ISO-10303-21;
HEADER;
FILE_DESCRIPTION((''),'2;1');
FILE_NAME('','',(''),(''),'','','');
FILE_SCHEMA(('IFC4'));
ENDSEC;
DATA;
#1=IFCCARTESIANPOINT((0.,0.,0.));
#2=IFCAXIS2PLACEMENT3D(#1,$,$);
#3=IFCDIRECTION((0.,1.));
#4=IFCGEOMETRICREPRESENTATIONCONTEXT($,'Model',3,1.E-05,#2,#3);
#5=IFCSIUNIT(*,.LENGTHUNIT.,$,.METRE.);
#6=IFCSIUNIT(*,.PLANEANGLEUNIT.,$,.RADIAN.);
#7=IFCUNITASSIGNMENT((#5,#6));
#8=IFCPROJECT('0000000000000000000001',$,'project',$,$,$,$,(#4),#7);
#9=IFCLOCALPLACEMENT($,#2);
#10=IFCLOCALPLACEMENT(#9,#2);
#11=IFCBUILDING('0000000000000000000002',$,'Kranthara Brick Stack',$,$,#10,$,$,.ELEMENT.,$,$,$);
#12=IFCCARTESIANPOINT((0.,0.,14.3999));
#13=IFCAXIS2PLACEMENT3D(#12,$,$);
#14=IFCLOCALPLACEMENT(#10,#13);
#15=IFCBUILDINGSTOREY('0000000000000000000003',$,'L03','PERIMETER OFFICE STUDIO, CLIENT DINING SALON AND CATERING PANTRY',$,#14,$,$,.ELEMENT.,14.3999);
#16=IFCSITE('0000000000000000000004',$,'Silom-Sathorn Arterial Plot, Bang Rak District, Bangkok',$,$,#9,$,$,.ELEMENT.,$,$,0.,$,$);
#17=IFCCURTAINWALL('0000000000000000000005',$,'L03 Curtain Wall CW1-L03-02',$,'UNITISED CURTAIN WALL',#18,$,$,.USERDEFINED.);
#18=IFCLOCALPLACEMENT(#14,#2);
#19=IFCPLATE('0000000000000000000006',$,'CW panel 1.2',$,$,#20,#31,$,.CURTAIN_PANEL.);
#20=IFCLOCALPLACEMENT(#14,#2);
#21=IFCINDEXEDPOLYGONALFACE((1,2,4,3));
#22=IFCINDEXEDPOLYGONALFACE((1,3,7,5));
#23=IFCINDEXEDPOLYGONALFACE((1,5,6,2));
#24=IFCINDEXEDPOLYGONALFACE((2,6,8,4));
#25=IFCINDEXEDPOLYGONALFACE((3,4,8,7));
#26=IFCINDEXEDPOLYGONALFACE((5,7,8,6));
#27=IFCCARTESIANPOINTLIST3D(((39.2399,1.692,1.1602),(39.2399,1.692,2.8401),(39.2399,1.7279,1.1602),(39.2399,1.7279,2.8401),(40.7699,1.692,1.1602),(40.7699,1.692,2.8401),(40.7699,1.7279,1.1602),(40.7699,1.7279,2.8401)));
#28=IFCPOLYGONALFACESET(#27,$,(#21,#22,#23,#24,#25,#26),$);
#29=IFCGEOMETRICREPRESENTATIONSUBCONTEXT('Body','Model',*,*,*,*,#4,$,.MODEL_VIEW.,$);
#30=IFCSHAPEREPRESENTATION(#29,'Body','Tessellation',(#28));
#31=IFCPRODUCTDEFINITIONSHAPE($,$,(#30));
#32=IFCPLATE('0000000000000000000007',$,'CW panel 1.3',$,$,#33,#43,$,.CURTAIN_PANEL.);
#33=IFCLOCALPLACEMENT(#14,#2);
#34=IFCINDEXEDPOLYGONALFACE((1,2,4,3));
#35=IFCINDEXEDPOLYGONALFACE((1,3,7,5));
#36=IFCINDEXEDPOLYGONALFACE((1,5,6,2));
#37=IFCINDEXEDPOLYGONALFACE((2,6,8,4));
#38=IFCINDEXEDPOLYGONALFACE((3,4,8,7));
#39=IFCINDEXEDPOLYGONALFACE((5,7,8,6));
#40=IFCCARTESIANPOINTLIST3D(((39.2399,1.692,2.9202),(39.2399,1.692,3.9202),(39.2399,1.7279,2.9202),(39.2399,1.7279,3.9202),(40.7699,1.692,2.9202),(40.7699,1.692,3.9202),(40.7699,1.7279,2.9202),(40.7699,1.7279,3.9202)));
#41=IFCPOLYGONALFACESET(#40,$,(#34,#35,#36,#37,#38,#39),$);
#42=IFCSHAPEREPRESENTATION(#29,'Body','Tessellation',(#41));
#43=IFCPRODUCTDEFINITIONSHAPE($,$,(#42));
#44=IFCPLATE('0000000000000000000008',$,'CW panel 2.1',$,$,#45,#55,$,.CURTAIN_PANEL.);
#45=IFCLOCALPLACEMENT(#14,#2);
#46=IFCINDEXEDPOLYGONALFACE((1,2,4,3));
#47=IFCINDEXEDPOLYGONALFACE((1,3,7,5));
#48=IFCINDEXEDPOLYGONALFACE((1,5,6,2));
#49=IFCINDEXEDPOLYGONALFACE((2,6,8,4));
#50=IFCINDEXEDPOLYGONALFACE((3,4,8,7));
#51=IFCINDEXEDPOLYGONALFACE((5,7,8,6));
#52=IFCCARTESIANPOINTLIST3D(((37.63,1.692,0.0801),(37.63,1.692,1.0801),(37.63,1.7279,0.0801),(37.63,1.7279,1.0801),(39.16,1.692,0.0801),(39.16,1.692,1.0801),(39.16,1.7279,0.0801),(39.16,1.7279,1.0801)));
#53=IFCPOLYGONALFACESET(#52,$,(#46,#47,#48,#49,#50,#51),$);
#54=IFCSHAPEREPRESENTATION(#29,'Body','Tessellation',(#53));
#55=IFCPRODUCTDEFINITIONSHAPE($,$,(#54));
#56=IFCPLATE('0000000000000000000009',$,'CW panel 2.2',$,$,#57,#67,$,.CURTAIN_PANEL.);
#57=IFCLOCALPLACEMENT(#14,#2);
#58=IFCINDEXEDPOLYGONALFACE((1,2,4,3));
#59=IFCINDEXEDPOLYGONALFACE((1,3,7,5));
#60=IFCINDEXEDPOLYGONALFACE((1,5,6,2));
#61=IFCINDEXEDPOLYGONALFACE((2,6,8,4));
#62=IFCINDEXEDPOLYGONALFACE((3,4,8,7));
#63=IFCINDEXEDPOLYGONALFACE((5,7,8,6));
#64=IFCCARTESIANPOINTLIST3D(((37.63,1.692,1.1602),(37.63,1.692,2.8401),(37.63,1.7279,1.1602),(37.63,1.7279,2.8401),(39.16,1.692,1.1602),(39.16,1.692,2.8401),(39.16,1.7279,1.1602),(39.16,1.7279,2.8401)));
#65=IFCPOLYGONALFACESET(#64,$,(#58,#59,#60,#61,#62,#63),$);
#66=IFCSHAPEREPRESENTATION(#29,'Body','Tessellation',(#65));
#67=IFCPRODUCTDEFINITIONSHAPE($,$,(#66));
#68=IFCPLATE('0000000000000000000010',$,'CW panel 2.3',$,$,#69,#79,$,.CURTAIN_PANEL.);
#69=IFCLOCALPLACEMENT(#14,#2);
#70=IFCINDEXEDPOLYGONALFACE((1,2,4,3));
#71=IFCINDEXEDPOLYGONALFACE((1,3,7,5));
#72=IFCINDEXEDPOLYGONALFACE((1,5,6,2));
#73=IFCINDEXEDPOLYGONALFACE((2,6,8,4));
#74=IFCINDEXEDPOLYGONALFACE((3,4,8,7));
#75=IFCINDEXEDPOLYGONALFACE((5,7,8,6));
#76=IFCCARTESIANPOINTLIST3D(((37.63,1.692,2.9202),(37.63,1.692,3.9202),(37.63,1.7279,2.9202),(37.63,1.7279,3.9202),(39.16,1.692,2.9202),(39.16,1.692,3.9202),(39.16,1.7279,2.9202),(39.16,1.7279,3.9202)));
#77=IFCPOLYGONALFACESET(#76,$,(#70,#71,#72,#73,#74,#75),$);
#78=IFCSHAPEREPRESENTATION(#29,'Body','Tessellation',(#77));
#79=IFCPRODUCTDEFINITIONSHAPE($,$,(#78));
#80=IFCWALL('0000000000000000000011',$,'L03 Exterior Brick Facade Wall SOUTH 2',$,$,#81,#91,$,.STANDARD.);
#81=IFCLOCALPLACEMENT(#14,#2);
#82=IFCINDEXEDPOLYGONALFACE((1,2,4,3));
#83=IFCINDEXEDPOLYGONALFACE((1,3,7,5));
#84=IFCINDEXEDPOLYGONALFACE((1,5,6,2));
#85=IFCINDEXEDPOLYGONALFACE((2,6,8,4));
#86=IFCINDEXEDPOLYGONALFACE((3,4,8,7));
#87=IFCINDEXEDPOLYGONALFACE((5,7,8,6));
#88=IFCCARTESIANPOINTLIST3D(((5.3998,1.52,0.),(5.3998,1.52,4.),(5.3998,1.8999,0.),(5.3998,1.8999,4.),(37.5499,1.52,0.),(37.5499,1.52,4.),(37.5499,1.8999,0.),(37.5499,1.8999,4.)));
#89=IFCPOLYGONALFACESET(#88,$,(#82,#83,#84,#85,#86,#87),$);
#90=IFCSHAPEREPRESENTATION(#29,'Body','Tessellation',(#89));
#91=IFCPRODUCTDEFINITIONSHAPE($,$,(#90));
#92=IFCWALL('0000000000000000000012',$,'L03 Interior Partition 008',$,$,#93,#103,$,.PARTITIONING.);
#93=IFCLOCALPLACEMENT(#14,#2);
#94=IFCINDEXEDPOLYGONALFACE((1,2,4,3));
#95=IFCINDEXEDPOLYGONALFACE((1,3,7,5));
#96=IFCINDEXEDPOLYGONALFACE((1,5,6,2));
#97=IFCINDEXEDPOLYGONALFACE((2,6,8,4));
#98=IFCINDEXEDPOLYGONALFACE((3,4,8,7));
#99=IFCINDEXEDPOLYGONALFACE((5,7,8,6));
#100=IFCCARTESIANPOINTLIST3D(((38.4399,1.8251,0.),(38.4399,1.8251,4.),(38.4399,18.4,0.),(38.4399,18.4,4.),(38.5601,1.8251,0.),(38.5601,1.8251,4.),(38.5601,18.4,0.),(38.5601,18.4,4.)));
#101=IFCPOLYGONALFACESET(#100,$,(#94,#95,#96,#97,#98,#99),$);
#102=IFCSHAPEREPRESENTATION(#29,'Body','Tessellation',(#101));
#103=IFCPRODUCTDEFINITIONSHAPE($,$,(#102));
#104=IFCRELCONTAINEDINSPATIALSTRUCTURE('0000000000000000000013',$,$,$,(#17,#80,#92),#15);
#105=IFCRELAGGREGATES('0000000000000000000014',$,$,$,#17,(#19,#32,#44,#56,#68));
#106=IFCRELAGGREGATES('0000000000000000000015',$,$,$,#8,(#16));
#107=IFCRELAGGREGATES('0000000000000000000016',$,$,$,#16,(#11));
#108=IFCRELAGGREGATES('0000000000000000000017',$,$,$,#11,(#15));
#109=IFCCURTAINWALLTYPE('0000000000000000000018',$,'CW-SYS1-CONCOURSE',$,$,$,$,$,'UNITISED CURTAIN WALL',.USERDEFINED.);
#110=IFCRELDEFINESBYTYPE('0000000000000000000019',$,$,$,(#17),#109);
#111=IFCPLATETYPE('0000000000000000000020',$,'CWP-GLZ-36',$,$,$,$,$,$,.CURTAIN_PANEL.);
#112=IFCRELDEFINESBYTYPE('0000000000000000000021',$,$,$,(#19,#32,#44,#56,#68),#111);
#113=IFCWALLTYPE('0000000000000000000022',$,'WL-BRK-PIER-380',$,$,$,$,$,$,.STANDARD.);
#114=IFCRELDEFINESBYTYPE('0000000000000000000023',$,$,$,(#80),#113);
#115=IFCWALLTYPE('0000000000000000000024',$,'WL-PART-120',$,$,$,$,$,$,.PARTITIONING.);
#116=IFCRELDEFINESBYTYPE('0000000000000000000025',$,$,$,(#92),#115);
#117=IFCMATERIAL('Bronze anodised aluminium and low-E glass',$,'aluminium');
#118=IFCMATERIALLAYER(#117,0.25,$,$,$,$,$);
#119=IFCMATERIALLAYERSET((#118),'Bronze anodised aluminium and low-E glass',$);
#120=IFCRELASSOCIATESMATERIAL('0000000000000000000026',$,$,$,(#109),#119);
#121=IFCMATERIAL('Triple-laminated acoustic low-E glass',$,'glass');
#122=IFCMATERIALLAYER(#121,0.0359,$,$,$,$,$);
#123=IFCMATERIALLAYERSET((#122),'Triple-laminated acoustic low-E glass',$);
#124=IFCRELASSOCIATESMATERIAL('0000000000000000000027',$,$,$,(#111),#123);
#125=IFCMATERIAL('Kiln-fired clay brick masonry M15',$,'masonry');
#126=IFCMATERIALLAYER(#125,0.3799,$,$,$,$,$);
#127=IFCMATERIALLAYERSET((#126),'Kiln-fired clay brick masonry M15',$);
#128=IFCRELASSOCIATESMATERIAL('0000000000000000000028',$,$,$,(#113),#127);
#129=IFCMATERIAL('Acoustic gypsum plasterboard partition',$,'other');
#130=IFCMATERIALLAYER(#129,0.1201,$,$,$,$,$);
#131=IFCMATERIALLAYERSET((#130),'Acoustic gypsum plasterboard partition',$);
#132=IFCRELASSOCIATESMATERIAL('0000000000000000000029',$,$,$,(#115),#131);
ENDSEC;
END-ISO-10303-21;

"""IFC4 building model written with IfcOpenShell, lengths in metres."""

from ifc_helpers import new_model, si_unit, direction, frame, frame_2d, origin, origin_2d, place, context, subcontext, project, spatial, rectangle, extrude, material, layer, layer_set, type_object, element, aggregate, save


model = new_model("IFC4")

# Units and contexts
model_context = context("Model", 3, precision=1e-05, world=origin(), true_north=direction((0.0, 1.0)))
body_context = subcontext(model_context, "Body", "Model", "MODEL_VIEW")
ifc_project = project(units=[si_unit("LENGTHUNIT", "METRE"), si_unit("PLANEANGLEUNIT", "RADIAN")], contexts=[model_context])

# Site, building, storey
site_placement = place(None, origin())
site = spatial("IfcSite", under=ifc_project, at=site_placement, Name="Silom-Sathorn Arterial Plot, Bang Rak District, Bangkok", CompositionType="ELEMENT", RefElevation=0.0)
building_placement = place(site_placement, origin())
building = spatial("IfcBuilding", under=site, at=building_placement, Name="Kranthara Brick Stack", CompositionType="ELEMENT")
storey_placement = place(building_placement, frame((0.0, 0.0, 14.3999)))
storey = spatial("IfcBuildingStorey", under=building, at=storey_placement, Name="L03", Description="PERIMETER OFFICE STUDIO, CLIENT DINING SALON AND CATERING PANTRY", CompositionType="ELEMENT", Elevation=14.3999)

# Curtain wall, plates
ifc_material_1 = material(Name="Bronze anodised aluminium and low-E glass", Category="aluminium")
ifc_layer_1 = layer(ifc_material_1, 0.25)
ifc_layer_set_1 = layer_set([ifc_layer_1], Name="Bronze anodised aluminium and low-E glass")
curtain_wall_type = type_object("IfcCurtainWallType", Name="CW-SYS1-CONCOURSE", ElementType="UNITISED CURTAIN WALL", PredefinedType="USERDEFINED", material=ifc_layer_set_1)
curtain_wall_placement = place(storey_placement, origin())
curtain_wall = element("IfcCurtainWall", 1, at=curtain_wall_placement, inside=storey, type_object=curtain_wall_type, Name="L03 Curtain Wall CW1-L03-02", ObjectType="UNITISED CURTAIN WALL", PredefinedType="USERDEFINED")
ifc_material_2 = material(Name="Triple-laminated acoustic low-E glass", Category="glass")
ifc_layer_2 = layer(ifc_material_2, 0.0359)
ifc_layer_set_2 = layer_set([ifc_layer_2], Name="Triple-laminated acoustic low-E glass")
plate_type = type_object("IfcPlateType", Name="CWP-GLZ-36", PredefinedType="CURTAIN_PANEL", material=ifc_layer_set_2)
plate_1_placement = place(storey_placement, frame((40.0049, 1.71, 1.1602), z_axis=(0.0, 0.0, 1.0), x_axis=(-1.0, 0.0, 0.0)))
plate_1 = element("IfcPlate", 2, at=plate_1_placement, type_object=plate_type, Name="CW panel 1.2", PredefinedType="CURTAIN_PANEL", context=body_context, shape_type="SweptSolid", body=[
    extrude(rectangle(XDim=1.53, YDim=0.0359, at=origin_2d()), origin(), (0.0, 0.0, 1.0), 1.6799),
])
plate_2_placement = place(storey_placement, frame((40.0049, 1.71, 2.9202), z_axis=(0.0, 0.0, 1.0), x_axis=(-1.0, 0.0, 0.0)))
plate_2 = element("IfcPlate", 3, at=plate_2_placement, type_object=plate_type, Name="CW panel 1.3", PredefinedType="CURTAIN_PANEL", context=body_context, shape_type="SweptSolid", body=[
    extrude(rectangle(XDim=1.53, YDim=0.0359, at=origin_2d()), origin(), (0.0, 0.0, 1.0), 1.0),
])
plate_3_placement = place(storey_placement, frame((38.395, 1.71, 0.0801), z_axis=(0.0, 0.0, 1.0), x_axis=(-1.0, 0.0, 0.0)))
plate_3 = element("IfcPlate", 4, at=plate_3_placement, type_object=plate_type, Name="CW panel 2.1", PredefinedType="CURTAIN_PANEL", context=body_context, shape_type="SweptSolid", body=[
    extrude(rectangle(XDim=1.53, YDim=0.0359, at=origin_2d()), origin(), (0.0, 0.0, 1.0), 1.0),
])
plate_4_placement = place(storey_placement, frame((38.395, 1.71, 1.1602), z_axis=(0.0, 0.0, 1.0), x_axis=(-1.0, 0.0, 0.0)))
plate_4 = element("IfcPlate", 5, at=plate_4_placement, type_object=plate_type, Name="CW panel 2.2", PredefinedType="CURTAIN_PANEL", context=body_context, shape_type="SweptSolid", body=[
    extrude(rectangle(XDim=1.53, YDim=0.0359, at=origin_2d()), origin(), (0.0, 0.0, 1.0), 1.6799),
])
plate_5_placement = place(storey_placement, frame((38.395, 1.71, 2.9202), z_axis=(0.0, 0.0, 1.0), x_axis=(-1.0, 0.0, 0.0)))
plate_5 = element("IfcPlate", 6, at=plate_5_placement, type_object=plate_type, Name="CW panel 2.3", PredefinedType="CURTAIN_PANEL", context=body_context, shape_type="SweptSolid", body=[
    extrude(rectangle(XDim=1.53, YDim=0.0359, at=origin_2d()), origin(), (0.0, 0.0, 1.0), 1.0),
])
aggregate(curtain_wall, [plate_1, plate_2, plate_3, plate_4, plate_5])

# Walls
ifc_material_3 = material(Name="Kiln-fired clay brick masonry M15", Category="masonry")
ifc_layer_3 = layer(ifc_material_3, 0.3799)
ifc_layer_set_3 = layer_set([ifc_layer_3], Name="Kiln-fired clay brick masonry M15")
wall_type_1 = type_object("IfcWallType", Name="WL-BRK-PIER-380", PredefinedType="STANDARD", material=ifc_layer_set_3)
wall_1_placement = place(storey_placement, frame((37.55, 1.71, 0.0), z_axis=(0.0, 0.0, 1.0), x_axis=(-1.0, 0.0, 0.0)))
element("IfcWall", 7, at=wall_1_placement, inside=storey, type_object=wall_type_1, Name="L03 Exterior Brick Facade Wall SOUTH 2", PredefinedType="STANDARD", context=body_context, shape_type="SweptSolid", body=[
    extrude(rectangle(XDim=32.1501, YDim=0.3799, at=frame_2d((16.0752, 0.0))), origin(), (0.0, 0.0, 1.0), 4.0),
])
ifc_material_4 = material(Name="Acoustic gypsum plasterboard partition", Category="other")
ifc_layer_4 = layer(ifc_material_4, 0.1201)
ifc_layer_set_4 = layer_set([ifc_layer_4], Name="Acoustic gypsum plasterboard partition")
wall_type_2 = type_object("IfcWallType", Name="WL-PART-120", PredefinedType="PARTITIONING", material=ifc_layer_set_4)
wall_2_placement = place(storey_placement, frame((38.5, 1.825, 0.0), z_axis=(0.0, 0.0, 1.0), x_axis=(0.0, 1.0, 0.0)))
element("IfcWall", 8, at=wall_2_placement, inside=storey, type_object=wall_type_2, Name="L03 Interior Partition 008", PredefinedType="PARTITIONING", context=body_context, shape_type="SweptSolid", body=[
    extrude(rectangle(XDim=16.575, YDim=0.1201, at=frame_2d((8.2876, 0.0))), origin(), (0.0, 0.0, 1.0), 4.0),
])

save(model, "model.ifc")
